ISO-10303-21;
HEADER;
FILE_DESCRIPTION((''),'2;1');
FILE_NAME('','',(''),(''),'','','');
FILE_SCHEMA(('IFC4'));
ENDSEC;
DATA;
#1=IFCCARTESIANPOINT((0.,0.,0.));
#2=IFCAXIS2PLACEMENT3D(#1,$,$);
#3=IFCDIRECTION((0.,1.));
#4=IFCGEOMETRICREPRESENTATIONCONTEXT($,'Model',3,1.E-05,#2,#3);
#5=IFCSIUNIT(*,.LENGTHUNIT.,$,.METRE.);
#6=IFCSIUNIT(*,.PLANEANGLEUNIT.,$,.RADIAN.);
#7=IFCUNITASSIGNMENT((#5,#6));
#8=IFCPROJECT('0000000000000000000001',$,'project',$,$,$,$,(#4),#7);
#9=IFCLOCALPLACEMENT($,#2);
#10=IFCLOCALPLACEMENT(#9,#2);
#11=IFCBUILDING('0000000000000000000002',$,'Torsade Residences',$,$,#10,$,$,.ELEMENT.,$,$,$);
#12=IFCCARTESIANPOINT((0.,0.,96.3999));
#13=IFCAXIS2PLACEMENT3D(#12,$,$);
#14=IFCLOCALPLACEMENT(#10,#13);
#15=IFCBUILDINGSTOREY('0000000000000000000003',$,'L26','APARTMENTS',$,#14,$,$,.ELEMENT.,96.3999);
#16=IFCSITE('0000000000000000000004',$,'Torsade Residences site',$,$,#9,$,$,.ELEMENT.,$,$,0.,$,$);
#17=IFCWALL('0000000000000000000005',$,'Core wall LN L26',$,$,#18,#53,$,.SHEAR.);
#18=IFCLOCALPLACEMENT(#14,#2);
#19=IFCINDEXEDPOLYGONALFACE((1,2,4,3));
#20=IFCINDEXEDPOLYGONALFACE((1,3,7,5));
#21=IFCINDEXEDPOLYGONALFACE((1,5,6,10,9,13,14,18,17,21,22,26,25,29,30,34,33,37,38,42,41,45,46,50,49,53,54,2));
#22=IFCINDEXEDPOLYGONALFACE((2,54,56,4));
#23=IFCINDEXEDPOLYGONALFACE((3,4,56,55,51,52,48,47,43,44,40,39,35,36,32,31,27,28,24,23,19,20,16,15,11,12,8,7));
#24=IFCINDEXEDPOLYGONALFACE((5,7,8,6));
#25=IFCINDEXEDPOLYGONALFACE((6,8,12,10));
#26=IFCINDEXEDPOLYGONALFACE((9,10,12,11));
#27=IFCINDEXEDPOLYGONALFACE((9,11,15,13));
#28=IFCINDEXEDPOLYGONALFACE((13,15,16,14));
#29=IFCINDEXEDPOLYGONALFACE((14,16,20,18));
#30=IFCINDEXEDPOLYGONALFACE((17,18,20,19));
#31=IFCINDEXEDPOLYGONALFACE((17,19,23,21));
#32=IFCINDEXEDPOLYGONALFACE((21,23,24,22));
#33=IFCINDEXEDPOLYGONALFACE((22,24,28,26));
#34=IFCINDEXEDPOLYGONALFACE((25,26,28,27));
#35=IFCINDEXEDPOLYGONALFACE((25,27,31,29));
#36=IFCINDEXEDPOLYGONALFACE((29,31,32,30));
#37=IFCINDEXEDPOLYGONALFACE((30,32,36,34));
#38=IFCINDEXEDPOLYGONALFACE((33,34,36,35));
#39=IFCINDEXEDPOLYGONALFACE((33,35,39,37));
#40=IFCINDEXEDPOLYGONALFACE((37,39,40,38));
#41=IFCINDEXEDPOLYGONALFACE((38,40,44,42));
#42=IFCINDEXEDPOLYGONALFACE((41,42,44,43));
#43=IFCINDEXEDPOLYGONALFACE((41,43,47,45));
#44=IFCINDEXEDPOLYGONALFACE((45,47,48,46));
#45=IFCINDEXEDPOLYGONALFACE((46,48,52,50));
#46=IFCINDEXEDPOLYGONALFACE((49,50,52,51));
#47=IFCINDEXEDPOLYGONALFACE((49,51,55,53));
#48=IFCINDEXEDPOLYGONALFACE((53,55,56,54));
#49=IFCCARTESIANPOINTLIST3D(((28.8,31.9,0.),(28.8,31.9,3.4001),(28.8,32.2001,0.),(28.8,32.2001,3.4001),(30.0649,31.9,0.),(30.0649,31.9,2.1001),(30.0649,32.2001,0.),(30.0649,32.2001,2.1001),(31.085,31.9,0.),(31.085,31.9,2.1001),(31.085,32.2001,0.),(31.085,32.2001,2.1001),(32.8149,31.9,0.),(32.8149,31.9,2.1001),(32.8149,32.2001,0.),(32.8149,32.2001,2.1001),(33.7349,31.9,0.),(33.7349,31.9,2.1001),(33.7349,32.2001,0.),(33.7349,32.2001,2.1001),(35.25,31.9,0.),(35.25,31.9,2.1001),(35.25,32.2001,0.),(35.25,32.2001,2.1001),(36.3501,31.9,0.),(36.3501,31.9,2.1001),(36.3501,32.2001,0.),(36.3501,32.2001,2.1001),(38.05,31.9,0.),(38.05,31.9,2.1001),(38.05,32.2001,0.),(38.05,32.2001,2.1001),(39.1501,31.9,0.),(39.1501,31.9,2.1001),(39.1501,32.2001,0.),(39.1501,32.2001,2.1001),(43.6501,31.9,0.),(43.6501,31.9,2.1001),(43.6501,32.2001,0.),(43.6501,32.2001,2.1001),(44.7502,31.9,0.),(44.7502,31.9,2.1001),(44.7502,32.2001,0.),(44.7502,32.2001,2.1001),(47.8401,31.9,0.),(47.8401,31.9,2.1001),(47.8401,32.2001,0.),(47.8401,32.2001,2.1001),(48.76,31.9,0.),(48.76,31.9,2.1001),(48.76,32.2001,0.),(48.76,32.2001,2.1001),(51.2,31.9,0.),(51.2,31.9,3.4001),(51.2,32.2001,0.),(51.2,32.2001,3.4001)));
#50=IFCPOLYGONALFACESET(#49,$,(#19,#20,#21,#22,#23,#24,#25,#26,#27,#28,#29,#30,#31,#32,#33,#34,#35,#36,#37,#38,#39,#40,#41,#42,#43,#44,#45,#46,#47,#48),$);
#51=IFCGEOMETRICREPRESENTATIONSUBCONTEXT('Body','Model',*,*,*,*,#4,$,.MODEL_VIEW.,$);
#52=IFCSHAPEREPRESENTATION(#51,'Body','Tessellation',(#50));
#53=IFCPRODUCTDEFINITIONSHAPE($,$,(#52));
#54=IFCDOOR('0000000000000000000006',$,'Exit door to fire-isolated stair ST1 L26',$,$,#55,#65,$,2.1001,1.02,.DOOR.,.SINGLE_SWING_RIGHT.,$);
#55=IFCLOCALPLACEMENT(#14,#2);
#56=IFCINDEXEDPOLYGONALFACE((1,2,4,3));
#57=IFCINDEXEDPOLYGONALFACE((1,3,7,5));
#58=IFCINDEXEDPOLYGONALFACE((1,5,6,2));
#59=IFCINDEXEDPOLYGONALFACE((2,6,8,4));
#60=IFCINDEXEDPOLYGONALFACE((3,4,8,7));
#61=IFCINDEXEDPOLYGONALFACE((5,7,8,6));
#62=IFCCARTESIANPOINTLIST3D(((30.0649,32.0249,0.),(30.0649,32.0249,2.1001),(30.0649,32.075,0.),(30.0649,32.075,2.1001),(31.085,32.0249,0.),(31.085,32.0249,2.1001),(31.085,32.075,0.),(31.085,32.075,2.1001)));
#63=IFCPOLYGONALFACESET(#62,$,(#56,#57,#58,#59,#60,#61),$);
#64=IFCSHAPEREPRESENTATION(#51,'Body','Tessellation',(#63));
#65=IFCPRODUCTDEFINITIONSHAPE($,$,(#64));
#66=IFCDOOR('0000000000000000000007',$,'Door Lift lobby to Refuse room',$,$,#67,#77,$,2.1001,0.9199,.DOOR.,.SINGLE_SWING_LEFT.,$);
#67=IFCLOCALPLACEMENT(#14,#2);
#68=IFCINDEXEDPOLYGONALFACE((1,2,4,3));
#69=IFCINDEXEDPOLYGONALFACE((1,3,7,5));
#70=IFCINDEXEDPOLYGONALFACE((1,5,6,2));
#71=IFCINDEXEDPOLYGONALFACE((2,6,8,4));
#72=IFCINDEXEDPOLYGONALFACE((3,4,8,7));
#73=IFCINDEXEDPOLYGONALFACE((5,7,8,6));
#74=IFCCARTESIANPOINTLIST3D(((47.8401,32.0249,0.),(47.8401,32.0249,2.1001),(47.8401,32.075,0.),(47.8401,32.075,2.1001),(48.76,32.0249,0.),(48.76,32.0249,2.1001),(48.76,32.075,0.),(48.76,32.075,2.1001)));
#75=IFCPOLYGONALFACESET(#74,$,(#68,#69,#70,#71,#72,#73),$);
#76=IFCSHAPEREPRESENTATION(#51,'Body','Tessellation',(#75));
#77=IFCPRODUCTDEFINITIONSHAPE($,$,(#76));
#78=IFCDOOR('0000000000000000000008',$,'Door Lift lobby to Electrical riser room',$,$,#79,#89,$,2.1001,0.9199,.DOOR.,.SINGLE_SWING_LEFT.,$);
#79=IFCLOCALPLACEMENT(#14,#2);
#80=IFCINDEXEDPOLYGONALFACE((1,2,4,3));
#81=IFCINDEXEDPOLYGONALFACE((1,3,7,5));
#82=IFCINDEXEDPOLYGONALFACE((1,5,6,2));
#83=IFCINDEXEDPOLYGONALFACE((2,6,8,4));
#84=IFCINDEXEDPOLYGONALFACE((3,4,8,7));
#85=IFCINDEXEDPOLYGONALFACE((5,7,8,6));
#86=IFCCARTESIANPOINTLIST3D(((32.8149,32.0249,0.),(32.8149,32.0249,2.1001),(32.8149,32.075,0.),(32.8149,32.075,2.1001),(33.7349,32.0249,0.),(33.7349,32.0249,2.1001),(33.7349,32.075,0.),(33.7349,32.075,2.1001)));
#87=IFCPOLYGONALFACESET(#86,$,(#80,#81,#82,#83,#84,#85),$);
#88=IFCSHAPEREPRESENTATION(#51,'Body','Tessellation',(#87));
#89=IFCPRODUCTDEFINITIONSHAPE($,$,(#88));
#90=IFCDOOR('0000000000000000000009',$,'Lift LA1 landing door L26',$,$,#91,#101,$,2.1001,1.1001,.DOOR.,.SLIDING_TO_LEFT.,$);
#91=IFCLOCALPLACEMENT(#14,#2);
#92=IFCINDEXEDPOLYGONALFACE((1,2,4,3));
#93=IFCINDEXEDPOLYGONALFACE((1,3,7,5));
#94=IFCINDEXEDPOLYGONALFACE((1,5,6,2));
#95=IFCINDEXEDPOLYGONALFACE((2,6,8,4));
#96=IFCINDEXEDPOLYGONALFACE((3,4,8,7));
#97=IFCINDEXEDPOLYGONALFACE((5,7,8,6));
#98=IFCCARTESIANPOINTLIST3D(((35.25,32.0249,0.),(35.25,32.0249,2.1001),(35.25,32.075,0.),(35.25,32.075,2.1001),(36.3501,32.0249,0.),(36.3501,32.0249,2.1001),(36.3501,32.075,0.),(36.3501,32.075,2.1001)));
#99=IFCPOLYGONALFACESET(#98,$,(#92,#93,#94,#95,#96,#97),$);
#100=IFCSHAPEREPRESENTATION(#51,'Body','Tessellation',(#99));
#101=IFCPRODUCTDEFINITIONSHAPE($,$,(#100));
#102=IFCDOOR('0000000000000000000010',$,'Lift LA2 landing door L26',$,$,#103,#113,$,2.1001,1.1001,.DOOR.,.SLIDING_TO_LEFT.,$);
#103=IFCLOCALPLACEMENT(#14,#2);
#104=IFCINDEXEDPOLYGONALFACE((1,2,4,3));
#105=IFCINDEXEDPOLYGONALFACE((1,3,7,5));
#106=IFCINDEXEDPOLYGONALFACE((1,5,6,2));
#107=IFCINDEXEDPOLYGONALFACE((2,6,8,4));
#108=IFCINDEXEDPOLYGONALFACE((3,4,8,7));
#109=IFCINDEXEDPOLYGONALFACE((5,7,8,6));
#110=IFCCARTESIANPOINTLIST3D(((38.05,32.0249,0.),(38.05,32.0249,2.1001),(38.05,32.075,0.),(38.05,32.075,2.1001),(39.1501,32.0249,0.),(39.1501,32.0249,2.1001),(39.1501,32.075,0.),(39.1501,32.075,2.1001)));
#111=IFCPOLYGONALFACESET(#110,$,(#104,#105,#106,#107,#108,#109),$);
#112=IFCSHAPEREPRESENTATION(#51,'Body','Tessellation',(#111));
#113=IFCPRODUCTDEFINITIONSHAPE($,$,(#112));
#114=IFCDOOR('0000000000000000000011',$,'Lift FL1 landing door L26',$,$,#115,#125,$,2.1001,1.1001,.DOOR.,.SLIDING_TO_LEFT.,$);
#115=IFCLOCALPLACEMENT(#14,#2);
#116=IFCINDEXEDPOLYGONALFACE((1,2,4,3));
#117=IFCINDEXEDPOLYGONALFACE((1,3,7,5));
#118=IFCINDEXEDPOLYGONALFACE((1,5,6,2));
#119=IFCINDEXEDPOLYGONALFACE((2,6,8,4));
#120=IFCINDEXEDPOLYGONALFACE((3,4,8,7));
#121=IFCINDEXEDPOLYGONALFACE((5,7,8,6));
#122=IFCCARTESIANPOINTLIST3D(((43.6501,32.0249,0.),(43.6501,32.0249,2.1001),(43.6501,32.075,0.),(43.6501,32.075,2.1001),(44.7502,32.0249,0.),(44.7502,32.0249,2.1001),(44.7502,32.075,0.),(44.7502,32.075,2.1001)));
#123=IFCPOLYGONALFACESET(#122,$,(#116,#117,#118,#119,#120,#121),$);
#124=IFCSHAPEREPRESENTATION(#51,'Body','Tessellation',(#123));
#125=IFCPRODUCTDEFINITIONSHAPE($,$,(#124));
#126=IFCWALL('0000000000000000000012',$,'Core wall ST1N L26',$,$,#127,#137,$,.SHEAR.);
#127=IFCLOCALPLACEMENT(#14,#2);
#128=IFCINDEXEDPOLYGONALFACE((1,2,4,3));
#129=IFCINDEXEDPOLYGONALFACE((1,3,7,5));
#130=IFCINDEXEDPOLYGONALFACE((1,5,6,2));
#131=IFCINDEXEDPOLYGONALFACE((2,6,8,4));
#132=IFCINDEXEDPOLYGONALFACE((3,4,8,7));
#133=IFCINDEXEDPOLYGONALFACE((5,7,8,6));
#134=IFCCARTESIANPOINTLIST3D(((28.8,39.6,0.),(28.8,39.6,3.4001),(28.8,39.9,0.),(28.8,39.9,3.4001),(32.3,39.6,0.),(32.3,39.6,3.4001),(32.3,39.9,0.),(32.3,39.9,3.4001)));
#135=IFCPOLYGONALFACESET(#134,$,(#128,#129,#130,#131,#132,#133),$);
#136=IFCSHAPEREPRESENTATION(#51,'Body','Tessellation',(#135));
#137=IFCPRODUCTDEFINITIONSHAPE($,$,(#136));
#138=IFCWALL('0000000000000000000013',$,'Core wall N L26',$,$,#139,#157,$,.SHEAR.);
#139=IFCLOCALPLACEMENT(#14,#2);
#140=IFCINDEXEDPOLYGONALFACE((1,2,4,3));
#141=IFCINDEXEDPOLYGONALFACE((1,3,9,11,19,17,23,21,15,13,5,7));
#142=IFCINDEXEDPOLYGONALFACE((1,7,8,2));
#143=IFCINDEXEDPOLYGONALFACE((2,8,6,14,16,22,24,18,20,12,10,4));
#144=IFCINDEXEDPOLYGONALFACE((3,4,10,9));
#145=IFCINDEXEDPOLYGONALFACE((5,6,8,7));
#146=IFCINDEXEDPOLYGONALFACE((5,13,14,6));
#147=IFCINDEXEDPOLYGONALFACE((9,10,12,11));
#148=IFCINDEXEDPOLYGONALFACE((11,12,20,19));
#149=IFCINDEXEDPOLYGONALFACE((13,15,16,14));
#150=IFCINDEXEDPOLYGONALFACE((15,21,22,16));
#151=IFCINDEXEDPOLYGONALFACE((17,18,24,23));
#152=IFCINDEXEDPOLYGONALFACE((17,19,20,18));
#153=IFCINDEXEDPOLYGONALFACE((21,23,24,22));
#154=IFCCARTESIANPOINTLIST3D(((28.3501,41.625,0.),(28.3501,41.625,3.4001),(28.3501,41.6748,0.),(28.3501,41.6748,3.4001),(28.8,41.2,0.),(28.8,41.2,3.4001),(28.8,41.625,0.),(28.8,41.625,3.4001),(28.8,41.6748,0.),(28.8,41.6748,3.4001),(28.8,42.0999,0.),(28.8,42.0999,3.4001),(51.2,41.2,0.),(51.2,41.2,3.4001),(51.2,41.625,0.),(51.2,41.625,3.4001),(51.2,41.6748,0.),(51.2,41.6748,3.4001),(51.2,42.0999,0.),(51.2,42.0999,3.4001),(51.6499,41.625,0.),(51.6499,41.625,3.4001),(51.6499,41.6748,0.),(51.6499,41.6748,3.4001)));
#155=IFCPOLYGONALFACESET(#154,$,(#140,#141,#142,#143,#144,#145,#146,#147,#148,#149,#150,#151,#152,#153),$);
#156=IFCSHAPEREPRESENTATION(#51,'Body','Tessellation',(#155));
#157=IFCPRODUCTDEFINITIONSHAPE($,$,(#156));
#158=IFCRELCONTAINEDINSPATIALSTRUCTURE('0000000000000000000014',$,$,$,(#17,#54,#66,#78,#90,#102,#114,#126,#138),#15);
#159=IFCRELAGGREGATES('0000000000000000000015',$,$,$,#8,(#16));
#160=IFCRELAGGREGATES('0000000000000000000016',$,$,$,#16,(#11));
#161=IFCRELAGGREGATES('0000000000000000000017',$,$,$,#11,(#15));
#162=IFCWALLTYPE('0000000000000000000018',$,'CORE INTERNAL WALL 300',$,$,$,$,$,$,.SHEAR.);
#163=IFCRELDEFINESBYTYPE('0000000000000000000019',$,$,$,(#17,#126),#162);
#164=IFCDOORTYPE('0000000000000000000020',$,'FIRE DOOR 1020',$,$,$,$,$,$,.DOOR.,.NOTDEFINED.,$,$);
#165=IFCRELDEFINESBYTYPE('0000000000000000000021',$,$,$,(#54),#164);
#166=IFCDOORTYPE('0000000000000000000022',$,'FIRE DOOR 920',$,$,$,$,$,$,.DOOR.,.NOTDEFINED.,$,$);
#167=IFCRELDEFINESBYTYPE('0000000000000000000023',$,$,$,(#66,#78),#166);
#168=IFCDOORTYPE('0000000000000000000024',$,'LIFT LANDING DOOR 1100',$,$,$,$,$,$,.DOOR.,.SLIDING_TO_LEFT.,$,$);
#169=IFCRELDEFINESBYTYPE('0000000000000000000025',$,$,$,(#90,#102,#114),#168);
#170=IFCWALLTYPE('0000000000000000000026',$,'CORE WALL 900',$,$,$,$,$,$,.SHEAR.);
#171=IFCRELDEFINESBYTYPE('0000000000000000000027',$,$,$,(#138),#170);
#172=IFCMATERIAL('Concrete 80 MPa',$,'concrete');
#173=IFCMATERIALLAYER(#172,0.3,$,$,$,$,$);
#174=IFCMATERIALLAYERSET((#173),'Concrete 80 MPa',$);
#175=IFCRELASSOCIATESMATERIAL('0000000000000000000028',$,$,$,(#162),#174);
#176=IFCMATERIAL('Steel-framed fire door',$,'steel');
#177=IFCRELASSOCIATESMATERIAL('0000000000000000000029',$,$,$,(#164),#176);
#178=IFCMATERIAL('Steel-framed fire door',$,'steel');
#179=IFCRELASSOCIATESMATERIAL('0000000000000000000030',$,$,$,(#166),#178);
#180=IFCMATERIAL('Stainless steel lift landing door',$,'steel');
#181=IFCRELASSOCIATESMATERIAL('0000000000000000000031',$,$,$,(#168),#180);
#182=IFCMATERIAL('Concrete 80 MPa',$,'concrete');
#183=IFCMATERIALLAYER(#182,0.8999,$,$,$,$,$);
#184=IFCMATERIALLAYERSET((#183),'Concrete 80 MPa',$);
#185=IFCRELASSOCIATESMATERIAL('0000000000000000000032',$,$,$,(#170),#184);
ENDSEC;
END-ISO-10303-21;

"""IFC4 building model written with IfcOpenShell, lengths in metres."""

from ifc_helpers import new_model, si_unit, direction, frame, frame_2d, origin, place, context, subcontext, project, spatial, polyline, rectangle, outline, extrude, material, layer, layer_set, type_object, element, fill, save


model = new_model("IFC4")

# Units and contexts
model_context = context("Model", 3, precision=1e-05, world=origin(), true_north=direction((0.0, 1.0)))
body_context = subcontext(model_context, "Body", "Model", "MODEL_VIEW")
ifc_project = project(units=[si_unit("LENGTHUNIT", "METRE"), si_unit("PLANEANGLEUNIT", "RADIAN")], contexts=[model_context])

# Site, building, storey
site_placement = place(None, origin())
site = spatial("IfcSite", under=ifc_project, at=site_placement, Name="Torsade Residences site", CompositionType="ELEMENT", RefElevation=0.0)
building_placement = place(site_placement, origin())
building = spatial("IfcBuilding", under=site, at=building_placement, Name="Torsade Residences", CompositionType="ELEMENT")
storey_placement = place(building_placement, frame((0.0, 0.0, 96.3999)))
storey = spatial("IfcBuildingStorey", under=building, at=storey_placement, Name="L26", Description="APARTMENTS", CompositionType="ELEMENT", Elevation=96.3999)

# Wall, openings, doors
ifc_material_1 = material(Name="Concrete 80 MPa", Category="concrete")
ifc_layer_1 = layer(ifc_material_1, 0.3)
ifc_layer_set_1 = layer_set([ifc_layer_1], Name="Concrete 80 MPa")
wall_type_1 = type_object("IfcWallType", Name="CORE INTERNAL WALL 300", PredefinedType="SHEAR", material=ifc_layer_set_1)
wall_1_placement = place(storey_placement, frame((28.8, 32.05, 0.0), z_axis=(0.0, 0.0, 1.0), x_axis=(1.0, 0.0, 0.0)))
wall_1 = element("IfcWall", 1, at=wall_1_placement, inside=storey, type_object=wall_type_1, Name="Core wall LN L26", PredefinedType="SHEAR", context=body_context, shape_type="SweptSolid", body=[
    extrude(rectangle(XDim=22.3999, YDim=0.3, at=frame_2d((11.2, 0.0))), origin(), (0.0, 0.0, 1.0), 3.4001),
])
opening_1_placement = place(wall_1_placement, frame((19.04, 0.0, 0.0)))
opening_1 = element("IfcOpeningElement", 2, at=opening_1_placement, cuts=wall_1, PredefinedType="OPENING", context=body_context, shape_type="SweptSolid", body=[
    extrude(rectangle(XDim=0.9199, YDim=2.1001, at=frame_2d((0.46, 1.05))), frame((0.0, 0.1599, 0.0), z_axis=(0.0, -1.0, 0.0), x_axis=(1.0, 0.0, 0.0)), (0.0, 0.0, 1.0), 0.3201),
])
opening_2_placement = place(wall_1_placement, frame((1.2649, 0.0, 0.0)))
opening_2 = element("IfcOpeningElement", 3, at=opening_2_placement, cuts=wall_1, PredefinedType="OPENING", context=body_context, shape_type="SweptSolid", body=[
    extrude(rectangle(XDim=1.02, YDim=2.1001, at=frame_2d((0.51, 1.05))), frame((0.0, 0.1599, 0.0), z_axis=(0.0, -1.0, 0.0), x_axis=(1.0, 0.0, 0.0)), (0.0, 0.0, 1.0), 0.3201),
])
opening_3_placement = place(wall_1_placement, frame((4.0149, 0.0, 0.0)))
opening_3 = element("IfcOpeningElement", 4, at=opening_3_placement, cuts=wall_1, PredefinedType="OPENING", context=body_context, shape_type="SweptSolid", body=[
    extrude(rectangle(XDim=0.9199, YDim=2.1001, at=frame_2d((0.46, 1.05))), frame((0.0, 0.1599, 0.0), z_axis=(0.0, -1.0, 0.0), x_axis=(1.0, 0.0, 0.0)), (0.0, 0.0, 1.0), 0.3201),
])
opening_4_placement = place(wall_1_placement, frame((6.45, 0.0, 0.0)))
opening_4 = element("IfcOpeningElement", 5, at=opening_4_placement, cuts=wall_1, PredefinedType="OPENING", context=body_context, shape_type="SweptSolid", body=[
    extrude(rectangle(XDim=1.1001, YDim=2.1001, at=frame_2d((0.55, 1.05))), frame((0.0, 0.1599, 0.0), z_axis=(0.0, -1.0, 0.0), x_axis=(1.0, 0.0, 0.0)), (0.0, 0.0, 1.0), 0.3201),
])
opening_5_placement = place(wall_1_placement, frame((9.25, 0.0, 0.0)))
opening_5 = element("IfcOpeningElement", 6, at=opening_5_placement, cuts=wall_1, PredefinedType="OPENING", context=body_context, shape_type="SweptSolid", body=[
    extrude(rectangle(XDim=1.1001, YDim=2.1001, at=frame_2d((0.55, 1.05))), frame((0.0, 0.1599, 0.0), z_axis=(0.0, -1.0, 0.0), x_axis=(1.0, 0.0, 0.0)), (0.0, 0.0, 1.0), 0.3201),
])
opening_6_placement = place(wall_1_placement, frame((14.8501, 0.0, 0.0)))
opening_6 = element("IfcOpeningElement", 7, at=opening_6_placement, cuts=wall_1, PredefinedType="OPENING", context=body_context, shape_type="SweptSolid", body=[
    extrude(rectangle(XDim=1.1001, YDim=2.1001, at=frame_2d((0.55, 1.05))), frame((0.0, 0.1599, 0.0), z_axis=(0.0, -1.0, 0.0), x_axis=(1.0, 0.0, 0.0)), (0.0, 0.0, 1.0), 0.3201),
])
ifc_material_2 = material(Name="Steel-framed fire door", Category="steel")
door_type_1 = type_object("IfcDoorType", Name="FIRE DOOR 1020", OperationType="NOTDEFINED", PredefinedType="DOOR", material=ifc_material_2)
door_1_placement = place(opening_2_placement, origin())
door_1 = element("IfcDoor", 8, at=door_1_placement, inside=storey, type_object=door_type_1, Name="Exit door to fire-isolated stair ST1 L26", OperationType="SINGLE_SWING_RIGHT", OverallHeight=2.1001, OverallWidth=1.02, PredefinedType="DOOR", context=body_context, shape_type="SweptSolid", body=[
    extrude(rectangle(XDim=1.02, YDim=2.1001, at=frame_2d((0.51, 1.05))), frame((0.0, 0.0249, 0.0), z_axis=(0.0, -1.0, 0.0), x_axis=(1.0, 0.0, 0.0)), (0.0, 0.0, 1.0), 0.05),
])
fill(opening_2, door_1)
ifc_material_3 = material(Name="Steel-framed fire door", Category="steel")
door_type_2 = type_object("IfcDoorType", Name="FIRE DOOR 920", OperationType="NOTDEFINED", PredefinedType="DOOR", material=ifc_material_3)
door_2_placement = place(opening_1_placement, origin())
door_2 = element("IfcDoor", 9, at=door_2_placement, inside=storey, type_object=door_type_2, Name="Door Lift lobby to Refuse room", OperationType="SINGLE_SWING_LEFT", OverallHeight=2.1001, OverallWidth=0.9199, PredefinedType="DOOR", context=body_context, shape_type="SweptSolid", body=[
    extrude(rectangle(XDim=0.9199, YDim=2.1001, at=frame_2d((0.46, 1.05))), frame((0.0, 0.0249, 0.0), z_axis=(0.0, -1.0, 0.0), x_axis=(1.0, 0.0, 0.0)), (0.0, 0.0, 1.0), 0.05),
])
fill(opening_1, door_2)
door_3_placement = place(opening_3_placement, origin())
door_3 = element("IfcDoor", 10, at=door_3_placement, inside=storey, type_object=door_type_2, Name="Door Lift lobby to Electrical riser room", OperationType="SINGLE_SWING_LEFT", OverallHeight=2.1001, OverallWidth=0.9199, PredefinedType="DOOR", context=body_context, shape_type="SweptSolid", body=[
    extrude(rectangle(XDim=0.9199, YDim=2.1001, at=frame_2d((0.46, 1.05))), frame((0.0, 0.0249, 0.0), z_axis=(0.0, -1.0, 0.0), x_axis=(1.0, 0.0, 0.0)), (0.0, 0.0, 1.0), 0.05),
])
fill(opening_3, door_3)
ifc_material_4 = material(Name="Stainless steel lift landing door", Category="steel")
door_type_3 = type_object("IfcDoorType", Name="LIFT LANDING DOOR 1100", OperationType="SLIDING_TO_LEFT", PredefinedType="DOOR", material=ifc_material_4)
door_4_placement = place(opening_4_placement, origin())
door_4 = element("IfcDoor", 11, at=door_4_placement, inside=storey, type_object=door_type_3, Name="Lift LA1 landing door L26", OperationType="SLIDING_TO_LEFT", OverallHeight=2.1001, OverallWidth=1.1001, PredefinedType="DOOR", context=body_context, shape_type="SweptSolid", body=[
    extrude(rectangle(XDim=1.1001, YDim=2.1001, at=frame_2d((0.55, 1.05))), frame((0.0, 0.0249, 0.0), z_axis=(0.0, -1.0, 0.0), x_axis=(1.0, 0.0, 0.0)), (0.0, 0.0, 1.0), 0.05),
])
fill(opening_4, door_4)
door_5_placement = place(opening_5_placement, origin())
door_5 = element("IfcDoor", 12, at=door_5_placement, inside=storey, type_object=door_type_3, Name="Lift LA2 landing door L26", OperationType="SLIDING_TO_LEFT", OverallHeight=2.1001, OverallWidth=1.1001, PredefinedType="DOOR", context=body_context, shape_type="SweptSolid", body=[
    extrude(rectangle(XDim=1.1001, YDim=2.1001, at=frame_2d((0.55, 1.05))), frame((0.0, 0.0249, 0.0), z_axis=(0.0, -1.0, 0.0), x_axis=(1.0, 0.0, 0.0)), (0.0, 0.0, 1.0), 0.05),
])
fill(opening_5, door_5)
door_6_placement = place(opening_6_placement, origin())
door_6 = element("IfcDoor", 13, at=door_6_placement, inside=storey, type_object=door_type_3, Name="Lift FL1 landing door L26", OperationType="SLIDING_TO_LEFT", OverallHeight=2.1001, OverallWidth=1.1001, PredefinedType="DOOR", context=body_context, shape_type="SweptSolid", body=[
    extrude(rectangle(XDim=1.1001, YDim=2.1001, at=frame_2d((0.55, 1.05))), frame((0.0, 0.0249, 0.0), z_axis=(0.0, -1.0, 0.0), x_axis=(1.0, 0.0, 0.0)), (0.0, 0.0, 1.0), 0.05),
])
fill(opening_6, door_6)

# Walls
wall_2_placement = place(storey_placement, frame((28.8, 39.75, 0.0), z_axis=(0.0, 0.0, 1.0), x_axis=(1.0, 0.0, 0.0)))
element("IfcWall", 14, at=wall_2_placement, inside=storey, type_object=wall_type_1, Name="Core wall ST1N L26", PredefinedType="SHEAR", context=body_context, shape_type="SweptSolid", body=[
    extrude(rectangle(XDim=3.5, YDim=0.3, at=frame_2d((1.75, 0.0))), origin(), (0.0, 0.0, 1.0), 3.4001),
])
ifc_material_5 = material(Name="Concrete 80 MPa", Category="concrete")
ifc_layer_2 = layer(ifc_material_5, 0.8999)
ifc_layer_set_2 = layer_set([ifc_layer_2], Name="Concrete 80 MPa")
wall_type_2 = type_object("IfcWallType", Name="CORE WALL 900", PredefinedType="SHEAR", material=ifc_layer_set_2)
wall_3_placement = place(storey_placement, frame((28.8, 41.6499, 0.0), z_axis=(0.0, 0.0, 1.0), x_axis=(1.0, 0.0, 0.0)))
element("IfcWall", 15, at=wall_3_placement, inside=storey, type_object=wall_type_2, Name="Core wall N L26", PredefinedType="SHEAR", context=body_context, shape_type="SweptSolid", body=[
    extrude(outline(polyline([(0.0, -0.45), (22.3999, -0.45), (22.3999, -0.0249), (22.8499, -0.0249), (22.8499, 0.0249), (22.3999, 0.0249), (22.3999, 0.45), (0.0, 0.45), (0.0, 0.0249), (-0.45, 0.0249), (-0.45, -0.0249), (0.0, -0.0249), (0.0, -0.45)])), origin(), (0.0, 0.0, 1.0), 3.4001),
])

save(model, "model.ifc")
